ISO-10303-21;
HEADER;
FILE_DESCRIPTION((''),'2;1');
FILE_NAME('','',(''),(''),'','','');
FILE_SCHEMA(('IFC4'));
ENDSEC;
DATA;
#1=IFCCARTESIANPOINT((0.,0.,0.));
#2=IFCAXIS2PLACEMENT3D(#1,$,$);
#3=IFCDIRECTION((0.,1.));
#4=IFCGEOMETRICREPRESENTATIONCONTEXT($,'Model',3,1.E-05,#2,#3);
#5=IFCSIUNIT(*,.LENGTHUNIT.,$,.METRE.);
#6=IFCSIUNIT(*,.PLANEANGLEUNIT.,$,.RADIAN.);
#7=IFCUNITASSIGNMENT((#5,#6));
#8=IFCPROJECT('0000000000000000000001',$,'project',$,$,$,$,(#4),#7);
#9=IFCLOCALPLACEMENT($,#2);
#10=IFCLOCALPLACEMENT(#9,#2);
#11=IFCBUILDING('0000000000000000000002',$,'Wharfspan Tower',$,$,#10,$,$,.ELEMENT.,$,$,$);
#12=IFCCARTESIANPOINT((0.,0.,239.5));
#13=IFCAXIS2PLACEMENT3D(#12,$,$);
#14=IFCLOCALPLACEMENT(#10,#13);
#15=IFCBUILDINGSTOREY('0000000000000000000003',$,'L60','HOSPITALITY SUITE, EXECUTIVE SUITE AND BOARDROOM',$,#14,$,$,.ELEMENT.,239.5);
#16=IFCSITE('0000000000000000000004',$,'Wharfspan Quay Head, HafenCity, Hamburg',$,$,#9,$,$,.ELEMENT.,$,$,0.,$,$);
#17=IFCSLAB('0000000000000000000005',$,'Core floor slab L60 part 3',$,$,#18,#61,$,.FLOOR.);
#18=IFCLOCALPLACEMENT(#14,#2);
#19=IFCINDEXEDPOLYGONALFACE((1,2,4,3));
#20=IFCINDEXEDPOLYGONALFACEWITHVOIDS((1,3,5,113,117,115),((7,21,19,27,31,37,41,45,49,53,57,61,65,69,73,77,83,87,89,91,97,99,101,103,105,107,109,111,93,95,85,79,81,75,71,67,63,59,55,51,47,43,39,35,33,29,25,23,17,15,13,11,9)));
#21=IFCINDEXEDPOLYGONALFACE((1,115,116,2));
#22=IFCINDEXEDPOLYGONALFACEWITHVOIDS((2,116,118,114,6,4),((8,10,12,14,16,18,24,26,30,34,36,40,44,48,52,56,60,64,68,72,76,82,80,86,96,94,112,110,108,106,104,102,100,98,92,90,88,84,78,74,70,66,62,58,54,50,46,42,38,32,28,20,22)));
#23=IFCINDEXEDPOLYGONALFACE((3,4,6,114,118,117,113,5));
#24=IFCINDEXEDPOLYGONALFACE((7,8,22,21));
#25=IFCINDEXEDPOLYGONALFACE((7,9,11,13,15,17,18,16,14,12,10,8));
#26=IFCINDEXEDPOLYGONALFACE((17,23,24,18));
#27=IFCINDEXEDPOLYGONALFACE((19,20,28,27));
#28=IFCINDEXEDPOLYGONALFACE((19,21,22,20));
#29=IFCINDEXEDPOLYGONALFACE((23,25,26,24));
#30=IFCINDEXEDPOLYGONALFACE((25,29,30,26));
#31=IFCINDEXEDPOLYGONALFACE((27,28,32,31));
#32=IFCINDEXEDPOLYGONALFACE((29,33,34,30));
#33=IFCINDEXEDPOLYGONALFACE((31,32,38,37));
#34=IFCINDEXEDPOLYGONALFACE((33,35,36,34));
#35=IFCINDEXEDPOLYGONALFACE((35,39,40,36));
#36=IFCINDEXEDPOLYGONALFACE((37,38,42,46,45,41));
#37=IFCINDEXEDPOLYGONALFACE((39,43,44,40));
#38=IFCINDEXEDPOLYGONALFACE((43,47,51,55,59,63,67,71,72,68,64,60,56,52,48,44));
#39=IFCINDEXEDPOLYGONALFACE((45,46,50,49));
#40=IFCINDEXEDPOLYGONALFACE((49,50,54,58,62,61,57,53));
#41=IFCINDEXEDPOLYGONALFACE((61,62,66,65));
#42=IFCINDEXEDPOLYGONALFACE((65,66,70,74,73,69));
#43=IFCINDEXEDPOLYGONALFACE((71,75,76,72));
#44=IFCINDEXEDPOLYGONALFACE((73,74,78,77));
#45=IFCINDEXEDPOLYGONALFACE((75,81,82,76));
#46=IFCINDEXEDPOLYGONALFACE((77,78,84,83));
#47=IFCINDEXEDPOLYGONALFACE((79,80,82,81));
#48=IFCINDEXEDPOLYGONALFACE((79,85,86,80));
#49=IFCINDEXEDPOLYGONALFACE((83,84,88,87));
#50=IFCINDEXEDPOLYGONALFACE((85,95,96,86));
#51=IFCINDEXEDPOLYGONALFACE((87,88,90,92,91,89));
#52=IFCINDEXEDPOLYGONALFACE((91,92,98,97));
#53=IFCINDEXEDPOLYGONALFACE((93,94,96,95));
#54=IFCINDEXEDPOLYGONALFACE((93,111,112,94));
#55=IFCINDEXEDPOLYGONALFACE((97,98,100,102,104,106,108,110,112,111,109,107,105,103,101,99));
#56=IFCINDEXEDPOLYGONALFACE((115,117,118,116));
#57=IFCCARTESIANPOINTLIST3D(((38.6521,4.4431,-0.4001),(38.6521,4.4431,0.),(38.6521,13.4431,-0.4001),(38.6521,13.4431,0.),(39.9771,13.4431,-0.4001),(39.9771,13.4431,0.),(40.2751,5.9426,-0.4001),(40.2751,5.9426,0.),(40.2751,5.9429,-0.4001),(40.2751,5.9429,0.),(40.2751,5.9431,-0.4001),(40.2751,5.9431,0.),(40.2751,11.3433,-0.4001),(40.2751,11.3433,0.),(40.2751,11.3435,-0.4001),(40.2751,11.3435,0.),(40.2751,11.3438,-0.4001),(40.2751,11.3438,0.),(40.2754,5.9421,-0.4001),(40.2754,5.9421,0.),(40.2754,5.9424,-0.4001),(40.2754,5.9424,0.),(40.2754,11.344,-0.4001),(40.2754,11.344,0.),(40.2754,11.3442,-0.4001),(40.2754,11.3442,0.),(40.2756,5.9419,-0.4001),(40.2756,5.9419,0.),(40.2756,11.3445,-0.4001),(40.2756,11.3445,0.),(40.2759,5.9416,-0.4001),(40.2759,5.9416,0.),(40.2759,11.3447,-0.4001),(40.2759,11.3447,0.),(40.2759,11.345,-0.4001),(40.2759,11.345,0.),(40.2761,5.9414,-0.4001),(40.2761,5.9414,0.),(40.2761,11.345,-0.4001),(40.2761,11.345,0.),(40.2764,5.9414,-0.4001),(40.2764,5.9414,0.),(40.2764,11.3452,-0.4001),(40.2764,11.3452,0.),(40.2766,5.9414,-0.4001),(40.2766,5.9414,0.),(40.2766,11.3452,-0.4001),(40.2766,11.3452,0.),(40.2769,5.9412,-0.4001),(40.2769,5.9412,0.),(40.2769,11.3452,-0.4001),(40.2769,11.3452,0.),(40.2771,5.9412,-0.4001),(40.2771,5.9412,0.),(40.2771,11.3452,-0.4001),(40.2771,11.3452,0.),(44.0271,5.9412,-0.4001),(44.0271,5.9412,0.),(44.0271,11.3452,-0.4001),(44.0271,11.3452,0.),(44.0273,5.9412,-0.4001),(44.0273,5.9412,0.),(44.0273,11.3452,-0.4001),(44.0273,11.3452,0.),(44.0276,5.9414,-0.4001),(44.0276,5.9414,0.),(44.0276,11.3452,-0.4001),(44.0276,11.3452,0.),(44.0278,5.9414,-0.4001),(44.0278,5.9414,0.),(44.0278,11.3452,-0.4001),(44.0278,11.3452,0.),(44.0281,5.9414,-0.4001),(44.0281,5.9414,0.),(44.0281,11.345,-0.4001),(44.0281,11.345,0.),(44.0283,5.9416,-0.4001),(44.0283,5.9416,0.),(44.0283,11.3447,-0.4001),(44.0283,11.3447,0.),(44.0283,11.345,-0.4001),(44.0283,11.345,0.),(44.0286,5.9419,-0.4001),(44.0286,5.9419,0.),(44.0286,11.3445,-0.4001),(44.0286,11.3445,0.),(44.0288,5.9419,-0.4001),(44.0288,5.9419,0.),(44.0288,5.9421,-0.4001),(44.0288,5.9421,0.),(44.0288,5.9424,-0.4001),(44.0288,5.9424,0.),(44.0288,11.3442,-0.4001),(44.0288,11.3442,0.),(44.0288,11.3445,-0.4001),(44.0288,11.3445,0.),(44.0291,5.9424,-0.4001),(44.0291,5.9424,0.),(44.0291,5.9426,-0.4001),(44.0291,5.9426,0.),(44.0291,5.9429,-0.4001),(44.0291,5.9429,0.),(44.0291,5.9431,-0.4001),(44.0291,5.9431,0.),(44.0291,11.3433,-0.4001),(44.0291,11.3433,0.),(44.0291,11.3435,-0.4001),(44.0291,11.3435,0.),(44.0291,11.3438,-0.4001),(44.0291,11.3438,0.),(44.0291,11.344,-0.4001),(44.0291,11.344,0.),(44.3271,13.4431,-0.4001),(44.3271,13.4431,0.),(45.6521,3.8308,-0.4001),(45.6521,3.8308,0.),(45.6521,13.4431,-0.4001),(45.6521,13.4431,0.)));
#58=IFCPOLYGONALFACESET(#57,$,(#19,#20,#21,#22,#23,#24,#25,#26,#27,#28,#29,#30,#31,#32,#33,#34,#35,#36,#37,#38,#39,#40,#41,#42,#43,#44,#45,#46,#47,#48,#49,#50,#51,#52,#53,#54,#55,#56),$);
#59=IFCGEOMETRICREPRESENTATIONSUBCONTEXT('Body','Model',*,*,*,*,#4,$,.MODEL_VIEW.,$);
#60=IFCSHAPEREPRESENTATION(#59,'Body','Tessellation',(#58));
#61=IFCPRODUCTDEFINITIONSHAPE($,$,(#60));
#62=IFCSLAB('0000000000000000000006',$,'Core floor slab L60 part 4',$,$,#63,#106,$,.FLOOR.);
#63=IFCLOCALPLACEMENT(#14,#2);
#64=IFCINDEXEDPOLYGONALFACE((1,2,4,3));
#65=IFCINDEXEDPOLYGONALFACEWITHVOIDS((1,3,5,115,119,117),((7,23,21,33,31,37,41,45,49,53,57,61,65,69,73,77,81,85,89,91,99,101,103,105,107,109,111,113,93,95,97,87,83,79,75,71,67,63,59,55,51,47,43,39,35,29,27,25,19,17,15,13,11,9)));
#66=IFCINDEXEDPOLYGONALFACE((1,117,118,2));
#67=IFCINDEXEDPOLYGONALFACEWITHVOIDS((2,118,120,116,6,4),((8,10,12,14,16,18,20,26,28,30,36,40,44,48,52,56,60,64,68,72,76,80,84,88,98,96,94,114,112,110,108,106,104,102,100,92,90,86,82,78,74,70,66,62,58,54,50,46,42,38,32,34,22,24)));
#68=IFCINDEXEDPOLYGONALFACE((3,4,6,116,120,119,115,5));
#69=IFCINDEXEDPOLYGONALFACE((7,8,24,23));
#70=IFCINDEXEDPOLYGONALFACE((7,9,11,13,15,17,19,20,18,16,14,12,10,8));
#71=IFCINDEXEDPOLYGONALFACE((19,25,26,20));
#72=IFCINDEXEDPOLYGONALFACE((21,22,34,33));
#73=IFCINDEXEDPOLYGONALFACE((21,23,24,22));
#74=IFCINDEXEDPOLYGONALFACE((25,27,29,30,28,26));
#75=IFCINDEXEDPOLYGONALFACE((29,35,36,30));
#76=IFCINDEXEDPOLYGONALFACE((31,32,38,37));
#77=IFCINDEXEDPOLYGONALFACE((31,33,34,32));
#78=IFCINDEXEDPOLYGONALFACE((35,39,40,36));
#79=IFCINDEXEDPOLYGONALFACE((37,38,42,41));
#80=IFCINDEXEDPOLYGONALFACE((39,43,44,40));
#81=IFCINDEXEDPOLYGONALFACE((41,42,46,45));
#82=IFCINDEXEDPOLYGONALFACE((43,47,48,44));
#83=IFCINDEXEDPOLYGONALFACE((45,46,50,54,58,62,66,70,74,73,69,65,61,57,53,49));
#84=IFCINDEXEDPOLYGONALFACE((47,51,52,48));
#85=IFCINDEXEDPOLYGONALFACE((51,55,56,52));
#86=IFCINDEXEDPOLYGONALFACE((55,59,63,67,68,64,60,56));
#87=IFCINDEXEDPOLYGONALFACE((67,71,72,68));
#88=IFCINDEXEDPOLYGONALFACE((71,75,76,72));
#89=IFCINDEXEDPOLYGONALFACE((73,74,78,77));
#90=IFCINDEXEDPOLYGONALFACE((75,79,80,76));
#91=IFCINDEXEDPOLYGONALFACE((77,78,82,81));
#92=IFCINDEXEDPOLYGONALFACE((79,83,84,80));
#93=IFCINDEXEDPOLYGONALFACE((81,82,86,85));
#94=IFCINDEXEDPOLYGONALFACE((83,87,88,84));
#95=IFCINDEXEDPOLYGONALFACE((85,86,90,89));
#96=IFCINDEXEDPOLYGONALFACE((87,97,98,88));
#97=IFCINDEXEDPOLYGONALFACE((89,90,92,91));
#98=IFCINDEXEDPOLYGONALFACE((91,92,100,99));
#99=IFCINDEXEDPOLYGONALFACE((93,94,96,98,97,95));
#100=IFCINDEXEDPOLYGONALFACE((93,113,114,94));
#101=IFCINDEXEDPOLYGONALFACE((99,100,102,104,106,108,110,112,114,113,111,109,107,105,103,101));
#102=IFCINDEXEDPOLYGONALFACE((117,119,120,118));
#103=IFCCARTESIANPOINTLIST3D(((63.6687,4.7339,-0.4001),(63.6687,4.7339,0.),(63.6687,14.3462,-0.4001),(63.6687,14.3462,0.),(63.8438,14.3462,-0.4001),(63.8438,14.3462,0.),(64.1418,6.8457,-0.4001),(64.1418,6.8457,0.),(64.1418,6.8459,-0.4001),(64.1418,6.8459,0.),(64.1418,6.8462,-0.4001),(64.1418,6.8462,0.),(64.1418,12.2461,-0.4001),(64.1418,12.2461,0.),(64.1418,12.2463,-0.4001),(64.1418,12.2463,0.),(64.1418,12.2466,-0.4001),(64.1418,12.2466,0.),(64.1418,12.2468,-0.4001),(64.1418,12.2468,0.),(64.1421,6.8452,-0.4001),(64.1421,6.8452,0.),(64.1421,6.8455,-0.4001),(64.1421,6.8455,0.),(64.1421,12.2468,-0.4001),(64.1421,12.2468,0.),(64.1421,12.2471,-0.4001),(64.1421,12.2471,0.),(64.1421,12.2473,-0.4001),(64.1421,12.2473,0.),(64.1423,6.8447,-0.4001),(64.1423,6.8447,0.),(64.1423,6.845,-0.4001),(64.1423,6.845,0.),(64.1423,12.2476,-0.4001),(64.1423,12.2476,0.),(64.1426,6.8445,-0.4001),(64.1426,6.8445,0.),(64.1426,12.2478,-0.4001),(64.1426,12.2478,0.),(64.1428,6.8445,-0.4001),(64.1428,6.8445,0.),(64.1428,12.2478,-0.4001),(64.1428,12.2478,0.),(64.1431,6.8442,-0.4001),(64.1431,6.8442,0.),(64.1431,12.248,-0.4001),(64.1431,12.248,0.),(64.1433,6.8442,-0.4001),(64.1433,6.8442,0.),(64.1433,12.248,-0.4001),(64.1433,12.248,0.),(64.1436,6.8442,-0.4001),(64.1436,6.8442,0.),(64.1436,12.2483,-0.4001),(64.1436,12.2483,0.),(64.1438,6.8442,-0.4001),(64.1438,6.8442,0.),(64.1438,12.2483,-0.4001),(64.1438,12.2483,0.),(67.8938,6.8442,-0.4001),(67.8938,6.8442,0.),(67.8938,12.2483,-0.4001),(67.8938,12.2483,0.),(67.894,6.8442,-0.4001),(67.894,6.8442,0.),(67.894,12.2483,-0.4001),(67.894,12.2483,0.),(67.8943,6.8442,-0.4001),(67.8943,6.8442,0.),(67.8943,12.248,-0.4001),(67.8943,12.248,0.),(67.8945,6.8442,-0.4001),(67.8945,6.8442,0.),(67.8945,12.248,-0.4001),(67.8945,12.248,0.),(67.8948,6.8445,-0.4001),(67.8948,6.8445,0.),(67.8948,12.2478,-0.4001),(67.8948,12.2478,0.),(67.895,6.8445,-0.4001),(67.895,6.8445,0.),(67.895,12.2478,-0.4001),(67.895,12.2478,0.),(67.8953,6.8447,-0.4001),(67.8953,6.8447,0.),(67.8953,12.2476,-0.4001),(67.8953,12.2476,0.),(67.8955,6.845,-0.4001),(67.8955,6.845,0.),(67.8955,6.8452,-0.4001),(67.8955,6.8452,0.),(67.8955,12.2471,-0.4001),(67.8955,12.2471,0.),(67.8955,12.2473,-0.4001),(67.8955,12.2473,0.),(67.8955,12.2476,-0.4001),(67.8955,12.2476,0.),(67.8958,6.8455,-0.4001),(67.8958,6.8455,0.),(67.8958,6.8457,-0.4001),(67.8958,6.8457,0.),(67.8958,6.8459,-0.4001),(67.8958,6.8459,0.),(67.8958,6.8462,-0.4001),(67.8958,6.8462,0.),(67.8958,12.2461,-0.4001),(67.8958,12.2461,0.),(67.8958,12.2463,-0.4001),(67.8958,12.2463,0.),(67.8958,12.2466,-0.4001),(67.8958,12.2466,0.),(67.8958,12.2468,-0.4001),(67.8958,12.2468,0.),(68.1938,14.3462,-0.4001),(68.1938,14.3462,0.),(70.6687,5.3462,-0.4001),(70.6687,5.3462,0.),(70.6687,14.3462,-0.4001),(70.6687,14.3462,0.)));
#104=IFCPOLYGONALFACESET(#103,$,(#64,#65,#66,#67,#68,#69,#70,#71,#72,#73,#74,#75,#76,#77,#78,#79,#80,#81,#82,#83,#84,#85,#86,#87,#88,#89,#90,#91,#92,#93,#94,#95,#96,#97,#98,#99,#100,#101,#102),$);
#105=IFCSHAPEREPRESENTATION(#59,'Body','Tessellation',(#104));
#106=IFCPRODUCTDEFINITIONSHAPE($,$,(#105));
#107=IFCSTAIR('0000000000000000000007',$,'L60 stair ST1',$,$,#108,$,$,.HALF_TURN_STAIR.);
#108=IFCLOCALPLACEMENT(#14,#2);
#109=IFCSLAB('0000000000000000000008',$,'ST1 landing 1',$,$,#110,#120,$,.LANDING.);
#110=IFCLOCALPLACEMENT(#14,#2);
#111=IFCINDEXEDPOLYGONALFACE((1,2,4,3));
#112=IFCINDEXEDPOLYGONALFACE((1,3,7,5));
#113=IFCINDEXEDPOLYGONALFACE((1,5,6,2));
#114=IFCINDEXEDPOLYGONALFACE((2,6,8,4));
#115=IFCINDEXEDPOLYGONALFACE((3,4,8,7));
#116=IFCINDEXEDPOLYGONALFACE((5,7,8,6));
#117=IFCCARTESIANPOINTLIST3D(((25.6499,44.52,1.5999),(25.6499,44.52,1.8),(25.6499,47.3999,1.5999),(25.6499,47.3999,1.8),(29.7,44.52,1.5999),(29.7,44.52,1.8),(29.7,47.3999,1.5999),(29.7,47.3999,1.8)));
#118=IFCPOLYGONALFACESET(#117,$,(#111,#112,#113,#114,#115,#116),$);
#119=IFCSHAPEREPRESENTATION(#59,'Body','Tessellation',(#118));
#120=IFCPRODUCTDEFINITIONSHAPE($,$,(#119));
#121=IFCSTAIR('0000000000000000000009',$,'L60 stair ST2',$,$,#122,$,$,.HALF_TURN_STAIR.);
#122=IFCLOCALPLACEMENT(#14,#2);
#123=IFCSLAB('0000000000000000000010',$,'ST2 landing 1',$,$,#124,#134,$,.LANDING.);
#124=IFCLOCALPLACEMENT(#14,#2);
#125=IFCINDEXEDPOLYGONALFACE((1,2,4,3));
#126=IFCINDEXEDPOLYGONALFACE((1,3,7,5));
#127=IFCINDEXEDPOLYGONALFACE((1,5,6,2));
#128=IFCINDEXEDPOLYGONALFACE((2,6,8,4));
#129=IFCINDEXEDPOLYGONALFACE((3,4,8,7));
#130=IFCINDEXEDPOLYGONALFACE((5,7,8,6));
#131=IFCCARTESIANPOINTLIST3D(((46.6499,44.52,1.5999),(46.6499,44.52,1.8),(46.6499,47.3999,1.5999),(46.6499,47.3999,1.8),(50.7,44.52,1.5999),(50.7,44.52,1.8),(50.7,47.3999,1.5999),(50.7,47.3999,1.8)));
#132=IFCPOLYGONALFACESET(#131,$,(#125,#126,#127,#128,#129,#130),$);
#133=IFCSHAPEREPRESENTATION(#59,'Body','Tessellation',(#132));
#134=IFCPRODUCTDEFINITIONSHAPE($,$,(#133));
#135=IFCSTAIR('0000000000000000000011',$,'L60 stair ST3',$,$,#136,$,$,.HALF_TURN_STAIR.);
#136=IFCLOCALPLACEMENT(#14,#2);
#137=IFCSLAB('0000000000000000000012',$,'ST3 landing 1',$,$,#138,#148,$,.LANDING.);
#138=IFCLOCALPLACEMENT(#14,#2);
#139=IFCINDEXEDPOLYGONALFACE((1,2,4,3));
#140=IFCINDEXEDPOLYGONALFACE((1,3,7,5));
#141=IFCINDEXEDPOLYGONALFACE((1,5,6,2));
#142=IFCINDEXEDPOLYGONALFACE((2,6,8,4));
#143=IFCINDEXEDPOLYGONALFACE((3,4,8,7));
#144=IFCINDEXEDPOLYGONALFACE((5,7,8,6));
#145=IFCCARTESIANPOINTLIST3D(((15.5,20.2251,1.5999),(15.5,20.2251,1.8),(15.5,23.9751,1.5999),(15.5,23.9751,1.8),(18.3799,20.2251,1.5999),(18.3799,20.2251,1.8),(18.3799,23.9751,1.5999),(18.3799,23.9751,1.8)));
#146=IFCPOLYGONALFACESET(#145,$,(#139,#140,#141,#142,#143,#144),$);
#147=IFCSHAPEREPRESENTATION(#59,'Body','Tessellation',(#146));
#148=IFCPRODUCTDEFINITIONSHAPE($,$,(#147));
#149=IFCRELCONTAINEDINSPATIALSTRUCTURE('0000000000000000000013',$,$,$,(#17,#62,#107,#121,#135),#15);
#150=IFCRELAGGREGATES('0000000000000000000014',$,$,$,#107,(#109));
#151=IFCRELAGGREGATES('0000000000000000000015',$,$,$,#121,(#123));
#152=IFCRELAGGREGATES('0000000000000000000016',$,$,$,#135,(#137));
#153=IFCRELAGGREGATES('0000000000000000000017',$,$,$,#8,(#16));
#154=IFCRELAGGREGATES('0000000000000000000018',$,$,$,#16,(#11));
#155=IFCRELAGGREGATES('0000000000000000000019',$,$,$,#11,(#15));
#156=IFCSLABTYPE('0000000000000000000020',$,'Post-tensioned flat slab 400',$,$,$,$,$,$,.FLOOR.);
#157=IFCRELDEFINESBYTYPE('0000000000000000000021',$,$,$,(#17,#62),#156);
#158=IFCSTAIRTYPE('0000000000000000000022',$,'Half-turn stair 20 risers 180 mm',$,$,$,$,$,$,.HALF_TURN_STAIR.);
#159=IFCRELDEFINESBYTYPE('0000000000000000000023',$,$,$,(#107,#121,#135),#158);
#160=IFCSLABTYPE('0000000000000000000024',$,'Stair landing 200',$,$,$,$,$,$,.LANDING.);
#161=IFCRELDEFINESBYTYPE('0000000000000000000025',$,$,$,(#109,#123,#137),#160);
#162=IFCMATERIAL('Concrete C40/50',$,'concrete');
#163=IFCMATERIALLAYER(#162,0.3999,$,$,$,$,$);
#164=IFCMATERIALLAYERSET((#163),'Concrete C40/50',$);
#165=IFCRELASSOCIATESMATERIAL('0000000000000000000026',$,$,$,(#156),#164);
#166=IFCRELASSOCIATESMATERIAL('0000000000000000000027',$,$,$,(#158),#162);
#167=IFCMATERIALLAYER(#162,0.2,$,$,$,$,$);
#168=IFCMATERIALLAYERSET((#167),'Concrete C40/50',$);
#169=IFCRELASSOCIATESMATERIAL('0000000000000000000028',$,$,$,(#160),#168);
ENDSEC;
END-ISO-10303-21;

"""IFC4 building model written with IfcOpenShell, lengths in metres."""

from ifc_helpers import new_model, si_unit, direction, frame, origin, place, context, subcontext, project, spatial, polyline, outline, extrude, material, layer, layer_set, type_object, element, aggregate, save


model = new_model("IFC4")

# Units and contexts
model_context = context("Model", 3, precision=1e-05, world=origin(), true_north=direction((0.0, 1.0)))
body_context = subcontext(model_context, "Body", "Model", "MODEL_VIEW")
ifc_project = project(units=[si_unit("LENGTHUNIT", "METRE"), si_unit("PLANEANGLEUNIT", "RADIAN")], contexts=[model_context])

# Site, building, storey
site_placement = place(None, origin())
site = spatial("IfcSite", under=ifc_project, at=site_placement, Name="Wharfspan Quay Head, HafenCity, Hamburg", CompositionType="ELEMENT", RefElevation=0.0)
building_placement = place(site_placement, origin())
building = spatial("IfcBuilding", under=site, at=building_placement, Name="Wharfspan Tower", CompositionType="ELEMENT")
storey_placement = place(building_placement, frame((0.0, 0.0, 239.5)))
storey = spatial("IfcBuildingStorey", under=building, at=storey_placement, Name="L60", Description="HOSPITALITY SUITE, EXECUTIVE SUITE AND BOARDROOM", CompositionType="ELEMENT", Elevation=239.5)

# Slabs
ifc_material_1 = material(Name="Concrete C40/50", Category="concrete")
ifc_layer_1 = layer(ifc_material_1, 0.3999)
ifc_layer_set_1 = layer_set([ifc_layer_1], Name="Concrete C40/50")
slab_type_1 = type_object("IfcSlabType", Name="Post-tensioned flat slab 400", PredefinedType="FLOOR", material=ifc_layer_set_1)
slab_1_placement = place(storey_placement, frame((0.0, 0.0, -0.4001)))
element("IfcSlab", 1, at=slab_1_placement, inside=storey, type_object=slab_type_1, Name="Core floor slab L60 part 3", PredefinedType="FLOOR", context=body_context, shape_type="SweptSolid", body=[
    extrude(outline(polyline([(44.3271, 13.4431), (39.9771, 13.4431), (38.6521, 13.4431), (38.6521, 4.4431), (45.6521, 3.8308), (45.6521, 13.4431), (44.3271, 13.4431)]), holes=[polyline([(40.2751, 11.3433), (40.2751, 11.3435), (40.2751, 11.3435), (40.2751, 11.3438), (40.2754, 11.344), (40.2754, 11.3442), (40.2754, 11.3442), (40.2756, 11.3445), (40.2756, 11.3445), (40.2759, 11.3447), (40.2759, 11.345), (40.2761, 11.345), (40.2764, 11.3452), (40.2766, 11.3452), (40.2766, 11.3452), (40.2769, 11.3452), (40.2771, 11.3452), (44.0271, 11.3452), (44.0273, 11.3452), (44.0276, 11.3452), (44.0276, 11.3452), (44.0278, 11.3452), (44.0281, 11.345), (44.0283, 11.345), (44.0283, 11.3447), (44.0286, 11.3445), (44.0288, 11.3445), (44.0288, 11.3442), (44.0288, 11.3442), (44.0291, 11.344), (44.0291, 11.3438), (44.0291, 11.3435), (44.0291, 11.3435), (44.0291, 11.3433), (44.0291, 5.9431), (44.0291, 5.9431), (44.0291, 5.9429), (44.0291, 5.9426), (44.0291, 5.9424), (44.0288, 5.9424), (44.0288, 5.9421), (44.0288, 5.9419), (44.0286, 5.9419), (44.0283, 5.9417), (44.0283, 5.9417), (44.0281, 5.9414), (44.0278, 5.9414), (44.0276, 5.9414), (44.0276, 5.9414), (44.0273, 5.9412), (44.0271, 5.9412), (40.2771, 5.9412), (40.2769, 5.9412), (40.2766, 5.9414), (40.2766, 5.9414), (40.2764, 5.9414), (40.2761, 5.9414), (40.2759, 5.9417), (40.2759, 5.9417), (40.2756, 5.9419), (40.2756, 5.9419), (40.2754, 5.9421), (40.2754, 5.9424), (40.2754, 5.9424), (40.2751, 5.9426), (40.2751, 5.9429), (40.2751, 5.9431), (40.2751, 5.9431), (40.2751, 11.3433)])]), origin(), (0.0, 0.0, 1.0), 0.4001),
])
slab_2_placement = place(storey_placement, frame((0.0, 0.0, -0.4001)))
element("IfcSlab", 2, at=slab_2_placement, inside=storey, type_object=slab_type_1, Name="Core floor slab L60 part 4", PredefinedType="FLOOR", context=body_context, shape_type="SweptSolid", body=[
    extrude(outline(polyline([(70.6687, 14.3462), (68.1938, 14.3462), (63.8438, 14.3462), (63.6687, 14.3462), (63.6687, 4.7339), (70.6687, 5.3462), (70.6687, 14.3462)]), holes=[polyline([(64.1418, 12.2461), (64.1418, 12.2463), (64.1418, 12.2466), (64.1418, 12.2468), (64.1421, 12.2468), (64.1421, 12.2471), (64.1421, 12.2473), (64.1423, 12.2476), (64.1423, 12.2476), (64.1426, 12.2478), (64.1426, 12.2478), (64.1428, 12.2478), (64.1431, 12.248), (64.1433, 12.248), (64.1433, 12.248), (64.1436, 12.2483), (64.1438, 12.2483), (67.8938, 12.2483), (67.894, 12.2483), (67.8943, 12.248), (67.8943, 12.248), (67.8945, 12.248), (67.8948, 12.2478), (67.895, 12.2478), (67.895, 12.2478), (67.8953, 12.2476), (67.8955, 12.2476), (67.8955, 12.2473), (67.8955, 12.2471), (67.8958, 12.2468), (67.8958, 12.2468), (67.8958, 12.2466), (67.8958, 12.2463), (67.8958, 12.2461), (67.8958, 6.8462), (67.8958, 6.8459), (67.8958, 6.8457), (67.8958, 6.8457), (67.8958, 6.8455), (67.8955, 6.8452), (67.8955, 6.8452), (67.8955, 6.845), (67.8953, 6.8447), (67.895, 6.8445), (67.895, 6.8445), (67.8948, 6.8445), (67.8945, 6.8442), (67.8943, 6.8442), (67.8943, 6.8442), (67.894, 6.8442), (67.8938, 6.8442), (64.1438, 6.8442), (64.1436, 6.8442), (64.1433, 6.8442), (64.1433, 6.8442), (64.1431, 6.8442), (64.1428, 6.8445), (64.1426, 6.8445), (64.1426, 6.8445), (64.1423, 6.8447), (64.1423, 6.845), (64.1421, 6.8452), (64.1421, 6.8452), (64.1421, 6.8455), (64.1418, 6.8457), (64.1418, 6.8457), (64.1418, 6.8459), (64.1418, 6.8462), (64.1418, 12.2461)])]), origin(), (0.0, 0.0, 1.0), 0.4001),
])

# Stairs, slabs
stair_type = type_object("IfcStairType", Name="Half-turn stair 20 risers 180 mm", PredefinedType="HALF_TURN_STAIR", material=ifc_material_1)
stair_1_placement = place(storey_placement, origin())
stair_1 = element("IfcStair", 3, at=stair_1_placement, inside=storey, type_object=stair_type, Name="L60 stair ST1", PredefinedType="HALF_TURN_STAIR")
ifc_layer_2 = layer(ifc_material_1, 0.2)
ifc_layer_set_2 = layer_set([ifc_layer_2], Name="Concrete C40/50")
slab_type_2 = type_object("IfcSlabType", Name="Stair landing 200", PredefinedType="LANDING", material=ifc_layer_set_2)
slab_3_placement = place(storey_placement, frame((0.0, 0.0, 1.5999)))
slab_3 = element("IfcSlab", 4, at=slab_3_placement, type_object=slab_type_2, Name="ST1 landing 1", PredefinedType="LANDING", context=body_context, shape_type="SweptSolid", body=[
    extrude(outline(polyline([(25.6499, 44.52), (29.7, 44.52), (29.7, 47.3999), (25.6499, 47.3999), (25.6499, 44.52)])), origin(), (0.0, 0.0, 1.0), 0.2002),
])
aggregate(stair_1, [slab_3])
stair_2_placement = place(storey_placement, origin())
stair_2 = element("IfcStair", 5, at=stair_2_placement, inside=storey, type_object=stair_type, Name="L60 stair ST2", PredefinedType="HALF_TURN_STAIR")
slab_4_placement = place(storey_placement, frame((0.0, 0.0, 1.5999)))
slab_4 = element("IfcSlab", 6, at=slab_4_placement, type_object=slab_type_2, Name="ST2 landing 1", PredefinedType="LANDING", context=body_context, shape_type="SweptSolid", body=[
    extrude(outline(polyline([(46.6499, 44.52), (50.7, 44.52), (50.7, 47.3999), (46.6499, 47.3999), (46.6499, 44.52)])), origin(), (0.0, 0.0, 1.0), 0.2002),
])
aggregate(stair_2, [slab_4])
stair_3_placement = place(storey_placement, origin())
stair_3 = element("IfcStair", 7, at=stair_3_placement, inside=storey, type_object=stair_type, Name="L60 stair ST3", PredefinedType="HALF_TURN_STAIR")
slab_5_placement = place(storey_placement, frame((0.0, 0.0, 1.5999)))
slab_5 = element("IfcSlab", 8, at=slab_5_placement, type_object=slab_type_2, Name="ST3 landing 1", PredefinedType="LANDING", context=body_context, shape_type="SweptSolid", body=[
    extrude(outline(polyline([(18.3799, 23.9751), (15.5, 23.9751), (15.5, 20.2251), (18.3799, 20.2251), (18.3799, 23.9751)])), origin(), (0.0, 0.0, 1.0), 0.2002),
])
aggregate(stair_3, [slab_5])

save(model, "model.ifc")
